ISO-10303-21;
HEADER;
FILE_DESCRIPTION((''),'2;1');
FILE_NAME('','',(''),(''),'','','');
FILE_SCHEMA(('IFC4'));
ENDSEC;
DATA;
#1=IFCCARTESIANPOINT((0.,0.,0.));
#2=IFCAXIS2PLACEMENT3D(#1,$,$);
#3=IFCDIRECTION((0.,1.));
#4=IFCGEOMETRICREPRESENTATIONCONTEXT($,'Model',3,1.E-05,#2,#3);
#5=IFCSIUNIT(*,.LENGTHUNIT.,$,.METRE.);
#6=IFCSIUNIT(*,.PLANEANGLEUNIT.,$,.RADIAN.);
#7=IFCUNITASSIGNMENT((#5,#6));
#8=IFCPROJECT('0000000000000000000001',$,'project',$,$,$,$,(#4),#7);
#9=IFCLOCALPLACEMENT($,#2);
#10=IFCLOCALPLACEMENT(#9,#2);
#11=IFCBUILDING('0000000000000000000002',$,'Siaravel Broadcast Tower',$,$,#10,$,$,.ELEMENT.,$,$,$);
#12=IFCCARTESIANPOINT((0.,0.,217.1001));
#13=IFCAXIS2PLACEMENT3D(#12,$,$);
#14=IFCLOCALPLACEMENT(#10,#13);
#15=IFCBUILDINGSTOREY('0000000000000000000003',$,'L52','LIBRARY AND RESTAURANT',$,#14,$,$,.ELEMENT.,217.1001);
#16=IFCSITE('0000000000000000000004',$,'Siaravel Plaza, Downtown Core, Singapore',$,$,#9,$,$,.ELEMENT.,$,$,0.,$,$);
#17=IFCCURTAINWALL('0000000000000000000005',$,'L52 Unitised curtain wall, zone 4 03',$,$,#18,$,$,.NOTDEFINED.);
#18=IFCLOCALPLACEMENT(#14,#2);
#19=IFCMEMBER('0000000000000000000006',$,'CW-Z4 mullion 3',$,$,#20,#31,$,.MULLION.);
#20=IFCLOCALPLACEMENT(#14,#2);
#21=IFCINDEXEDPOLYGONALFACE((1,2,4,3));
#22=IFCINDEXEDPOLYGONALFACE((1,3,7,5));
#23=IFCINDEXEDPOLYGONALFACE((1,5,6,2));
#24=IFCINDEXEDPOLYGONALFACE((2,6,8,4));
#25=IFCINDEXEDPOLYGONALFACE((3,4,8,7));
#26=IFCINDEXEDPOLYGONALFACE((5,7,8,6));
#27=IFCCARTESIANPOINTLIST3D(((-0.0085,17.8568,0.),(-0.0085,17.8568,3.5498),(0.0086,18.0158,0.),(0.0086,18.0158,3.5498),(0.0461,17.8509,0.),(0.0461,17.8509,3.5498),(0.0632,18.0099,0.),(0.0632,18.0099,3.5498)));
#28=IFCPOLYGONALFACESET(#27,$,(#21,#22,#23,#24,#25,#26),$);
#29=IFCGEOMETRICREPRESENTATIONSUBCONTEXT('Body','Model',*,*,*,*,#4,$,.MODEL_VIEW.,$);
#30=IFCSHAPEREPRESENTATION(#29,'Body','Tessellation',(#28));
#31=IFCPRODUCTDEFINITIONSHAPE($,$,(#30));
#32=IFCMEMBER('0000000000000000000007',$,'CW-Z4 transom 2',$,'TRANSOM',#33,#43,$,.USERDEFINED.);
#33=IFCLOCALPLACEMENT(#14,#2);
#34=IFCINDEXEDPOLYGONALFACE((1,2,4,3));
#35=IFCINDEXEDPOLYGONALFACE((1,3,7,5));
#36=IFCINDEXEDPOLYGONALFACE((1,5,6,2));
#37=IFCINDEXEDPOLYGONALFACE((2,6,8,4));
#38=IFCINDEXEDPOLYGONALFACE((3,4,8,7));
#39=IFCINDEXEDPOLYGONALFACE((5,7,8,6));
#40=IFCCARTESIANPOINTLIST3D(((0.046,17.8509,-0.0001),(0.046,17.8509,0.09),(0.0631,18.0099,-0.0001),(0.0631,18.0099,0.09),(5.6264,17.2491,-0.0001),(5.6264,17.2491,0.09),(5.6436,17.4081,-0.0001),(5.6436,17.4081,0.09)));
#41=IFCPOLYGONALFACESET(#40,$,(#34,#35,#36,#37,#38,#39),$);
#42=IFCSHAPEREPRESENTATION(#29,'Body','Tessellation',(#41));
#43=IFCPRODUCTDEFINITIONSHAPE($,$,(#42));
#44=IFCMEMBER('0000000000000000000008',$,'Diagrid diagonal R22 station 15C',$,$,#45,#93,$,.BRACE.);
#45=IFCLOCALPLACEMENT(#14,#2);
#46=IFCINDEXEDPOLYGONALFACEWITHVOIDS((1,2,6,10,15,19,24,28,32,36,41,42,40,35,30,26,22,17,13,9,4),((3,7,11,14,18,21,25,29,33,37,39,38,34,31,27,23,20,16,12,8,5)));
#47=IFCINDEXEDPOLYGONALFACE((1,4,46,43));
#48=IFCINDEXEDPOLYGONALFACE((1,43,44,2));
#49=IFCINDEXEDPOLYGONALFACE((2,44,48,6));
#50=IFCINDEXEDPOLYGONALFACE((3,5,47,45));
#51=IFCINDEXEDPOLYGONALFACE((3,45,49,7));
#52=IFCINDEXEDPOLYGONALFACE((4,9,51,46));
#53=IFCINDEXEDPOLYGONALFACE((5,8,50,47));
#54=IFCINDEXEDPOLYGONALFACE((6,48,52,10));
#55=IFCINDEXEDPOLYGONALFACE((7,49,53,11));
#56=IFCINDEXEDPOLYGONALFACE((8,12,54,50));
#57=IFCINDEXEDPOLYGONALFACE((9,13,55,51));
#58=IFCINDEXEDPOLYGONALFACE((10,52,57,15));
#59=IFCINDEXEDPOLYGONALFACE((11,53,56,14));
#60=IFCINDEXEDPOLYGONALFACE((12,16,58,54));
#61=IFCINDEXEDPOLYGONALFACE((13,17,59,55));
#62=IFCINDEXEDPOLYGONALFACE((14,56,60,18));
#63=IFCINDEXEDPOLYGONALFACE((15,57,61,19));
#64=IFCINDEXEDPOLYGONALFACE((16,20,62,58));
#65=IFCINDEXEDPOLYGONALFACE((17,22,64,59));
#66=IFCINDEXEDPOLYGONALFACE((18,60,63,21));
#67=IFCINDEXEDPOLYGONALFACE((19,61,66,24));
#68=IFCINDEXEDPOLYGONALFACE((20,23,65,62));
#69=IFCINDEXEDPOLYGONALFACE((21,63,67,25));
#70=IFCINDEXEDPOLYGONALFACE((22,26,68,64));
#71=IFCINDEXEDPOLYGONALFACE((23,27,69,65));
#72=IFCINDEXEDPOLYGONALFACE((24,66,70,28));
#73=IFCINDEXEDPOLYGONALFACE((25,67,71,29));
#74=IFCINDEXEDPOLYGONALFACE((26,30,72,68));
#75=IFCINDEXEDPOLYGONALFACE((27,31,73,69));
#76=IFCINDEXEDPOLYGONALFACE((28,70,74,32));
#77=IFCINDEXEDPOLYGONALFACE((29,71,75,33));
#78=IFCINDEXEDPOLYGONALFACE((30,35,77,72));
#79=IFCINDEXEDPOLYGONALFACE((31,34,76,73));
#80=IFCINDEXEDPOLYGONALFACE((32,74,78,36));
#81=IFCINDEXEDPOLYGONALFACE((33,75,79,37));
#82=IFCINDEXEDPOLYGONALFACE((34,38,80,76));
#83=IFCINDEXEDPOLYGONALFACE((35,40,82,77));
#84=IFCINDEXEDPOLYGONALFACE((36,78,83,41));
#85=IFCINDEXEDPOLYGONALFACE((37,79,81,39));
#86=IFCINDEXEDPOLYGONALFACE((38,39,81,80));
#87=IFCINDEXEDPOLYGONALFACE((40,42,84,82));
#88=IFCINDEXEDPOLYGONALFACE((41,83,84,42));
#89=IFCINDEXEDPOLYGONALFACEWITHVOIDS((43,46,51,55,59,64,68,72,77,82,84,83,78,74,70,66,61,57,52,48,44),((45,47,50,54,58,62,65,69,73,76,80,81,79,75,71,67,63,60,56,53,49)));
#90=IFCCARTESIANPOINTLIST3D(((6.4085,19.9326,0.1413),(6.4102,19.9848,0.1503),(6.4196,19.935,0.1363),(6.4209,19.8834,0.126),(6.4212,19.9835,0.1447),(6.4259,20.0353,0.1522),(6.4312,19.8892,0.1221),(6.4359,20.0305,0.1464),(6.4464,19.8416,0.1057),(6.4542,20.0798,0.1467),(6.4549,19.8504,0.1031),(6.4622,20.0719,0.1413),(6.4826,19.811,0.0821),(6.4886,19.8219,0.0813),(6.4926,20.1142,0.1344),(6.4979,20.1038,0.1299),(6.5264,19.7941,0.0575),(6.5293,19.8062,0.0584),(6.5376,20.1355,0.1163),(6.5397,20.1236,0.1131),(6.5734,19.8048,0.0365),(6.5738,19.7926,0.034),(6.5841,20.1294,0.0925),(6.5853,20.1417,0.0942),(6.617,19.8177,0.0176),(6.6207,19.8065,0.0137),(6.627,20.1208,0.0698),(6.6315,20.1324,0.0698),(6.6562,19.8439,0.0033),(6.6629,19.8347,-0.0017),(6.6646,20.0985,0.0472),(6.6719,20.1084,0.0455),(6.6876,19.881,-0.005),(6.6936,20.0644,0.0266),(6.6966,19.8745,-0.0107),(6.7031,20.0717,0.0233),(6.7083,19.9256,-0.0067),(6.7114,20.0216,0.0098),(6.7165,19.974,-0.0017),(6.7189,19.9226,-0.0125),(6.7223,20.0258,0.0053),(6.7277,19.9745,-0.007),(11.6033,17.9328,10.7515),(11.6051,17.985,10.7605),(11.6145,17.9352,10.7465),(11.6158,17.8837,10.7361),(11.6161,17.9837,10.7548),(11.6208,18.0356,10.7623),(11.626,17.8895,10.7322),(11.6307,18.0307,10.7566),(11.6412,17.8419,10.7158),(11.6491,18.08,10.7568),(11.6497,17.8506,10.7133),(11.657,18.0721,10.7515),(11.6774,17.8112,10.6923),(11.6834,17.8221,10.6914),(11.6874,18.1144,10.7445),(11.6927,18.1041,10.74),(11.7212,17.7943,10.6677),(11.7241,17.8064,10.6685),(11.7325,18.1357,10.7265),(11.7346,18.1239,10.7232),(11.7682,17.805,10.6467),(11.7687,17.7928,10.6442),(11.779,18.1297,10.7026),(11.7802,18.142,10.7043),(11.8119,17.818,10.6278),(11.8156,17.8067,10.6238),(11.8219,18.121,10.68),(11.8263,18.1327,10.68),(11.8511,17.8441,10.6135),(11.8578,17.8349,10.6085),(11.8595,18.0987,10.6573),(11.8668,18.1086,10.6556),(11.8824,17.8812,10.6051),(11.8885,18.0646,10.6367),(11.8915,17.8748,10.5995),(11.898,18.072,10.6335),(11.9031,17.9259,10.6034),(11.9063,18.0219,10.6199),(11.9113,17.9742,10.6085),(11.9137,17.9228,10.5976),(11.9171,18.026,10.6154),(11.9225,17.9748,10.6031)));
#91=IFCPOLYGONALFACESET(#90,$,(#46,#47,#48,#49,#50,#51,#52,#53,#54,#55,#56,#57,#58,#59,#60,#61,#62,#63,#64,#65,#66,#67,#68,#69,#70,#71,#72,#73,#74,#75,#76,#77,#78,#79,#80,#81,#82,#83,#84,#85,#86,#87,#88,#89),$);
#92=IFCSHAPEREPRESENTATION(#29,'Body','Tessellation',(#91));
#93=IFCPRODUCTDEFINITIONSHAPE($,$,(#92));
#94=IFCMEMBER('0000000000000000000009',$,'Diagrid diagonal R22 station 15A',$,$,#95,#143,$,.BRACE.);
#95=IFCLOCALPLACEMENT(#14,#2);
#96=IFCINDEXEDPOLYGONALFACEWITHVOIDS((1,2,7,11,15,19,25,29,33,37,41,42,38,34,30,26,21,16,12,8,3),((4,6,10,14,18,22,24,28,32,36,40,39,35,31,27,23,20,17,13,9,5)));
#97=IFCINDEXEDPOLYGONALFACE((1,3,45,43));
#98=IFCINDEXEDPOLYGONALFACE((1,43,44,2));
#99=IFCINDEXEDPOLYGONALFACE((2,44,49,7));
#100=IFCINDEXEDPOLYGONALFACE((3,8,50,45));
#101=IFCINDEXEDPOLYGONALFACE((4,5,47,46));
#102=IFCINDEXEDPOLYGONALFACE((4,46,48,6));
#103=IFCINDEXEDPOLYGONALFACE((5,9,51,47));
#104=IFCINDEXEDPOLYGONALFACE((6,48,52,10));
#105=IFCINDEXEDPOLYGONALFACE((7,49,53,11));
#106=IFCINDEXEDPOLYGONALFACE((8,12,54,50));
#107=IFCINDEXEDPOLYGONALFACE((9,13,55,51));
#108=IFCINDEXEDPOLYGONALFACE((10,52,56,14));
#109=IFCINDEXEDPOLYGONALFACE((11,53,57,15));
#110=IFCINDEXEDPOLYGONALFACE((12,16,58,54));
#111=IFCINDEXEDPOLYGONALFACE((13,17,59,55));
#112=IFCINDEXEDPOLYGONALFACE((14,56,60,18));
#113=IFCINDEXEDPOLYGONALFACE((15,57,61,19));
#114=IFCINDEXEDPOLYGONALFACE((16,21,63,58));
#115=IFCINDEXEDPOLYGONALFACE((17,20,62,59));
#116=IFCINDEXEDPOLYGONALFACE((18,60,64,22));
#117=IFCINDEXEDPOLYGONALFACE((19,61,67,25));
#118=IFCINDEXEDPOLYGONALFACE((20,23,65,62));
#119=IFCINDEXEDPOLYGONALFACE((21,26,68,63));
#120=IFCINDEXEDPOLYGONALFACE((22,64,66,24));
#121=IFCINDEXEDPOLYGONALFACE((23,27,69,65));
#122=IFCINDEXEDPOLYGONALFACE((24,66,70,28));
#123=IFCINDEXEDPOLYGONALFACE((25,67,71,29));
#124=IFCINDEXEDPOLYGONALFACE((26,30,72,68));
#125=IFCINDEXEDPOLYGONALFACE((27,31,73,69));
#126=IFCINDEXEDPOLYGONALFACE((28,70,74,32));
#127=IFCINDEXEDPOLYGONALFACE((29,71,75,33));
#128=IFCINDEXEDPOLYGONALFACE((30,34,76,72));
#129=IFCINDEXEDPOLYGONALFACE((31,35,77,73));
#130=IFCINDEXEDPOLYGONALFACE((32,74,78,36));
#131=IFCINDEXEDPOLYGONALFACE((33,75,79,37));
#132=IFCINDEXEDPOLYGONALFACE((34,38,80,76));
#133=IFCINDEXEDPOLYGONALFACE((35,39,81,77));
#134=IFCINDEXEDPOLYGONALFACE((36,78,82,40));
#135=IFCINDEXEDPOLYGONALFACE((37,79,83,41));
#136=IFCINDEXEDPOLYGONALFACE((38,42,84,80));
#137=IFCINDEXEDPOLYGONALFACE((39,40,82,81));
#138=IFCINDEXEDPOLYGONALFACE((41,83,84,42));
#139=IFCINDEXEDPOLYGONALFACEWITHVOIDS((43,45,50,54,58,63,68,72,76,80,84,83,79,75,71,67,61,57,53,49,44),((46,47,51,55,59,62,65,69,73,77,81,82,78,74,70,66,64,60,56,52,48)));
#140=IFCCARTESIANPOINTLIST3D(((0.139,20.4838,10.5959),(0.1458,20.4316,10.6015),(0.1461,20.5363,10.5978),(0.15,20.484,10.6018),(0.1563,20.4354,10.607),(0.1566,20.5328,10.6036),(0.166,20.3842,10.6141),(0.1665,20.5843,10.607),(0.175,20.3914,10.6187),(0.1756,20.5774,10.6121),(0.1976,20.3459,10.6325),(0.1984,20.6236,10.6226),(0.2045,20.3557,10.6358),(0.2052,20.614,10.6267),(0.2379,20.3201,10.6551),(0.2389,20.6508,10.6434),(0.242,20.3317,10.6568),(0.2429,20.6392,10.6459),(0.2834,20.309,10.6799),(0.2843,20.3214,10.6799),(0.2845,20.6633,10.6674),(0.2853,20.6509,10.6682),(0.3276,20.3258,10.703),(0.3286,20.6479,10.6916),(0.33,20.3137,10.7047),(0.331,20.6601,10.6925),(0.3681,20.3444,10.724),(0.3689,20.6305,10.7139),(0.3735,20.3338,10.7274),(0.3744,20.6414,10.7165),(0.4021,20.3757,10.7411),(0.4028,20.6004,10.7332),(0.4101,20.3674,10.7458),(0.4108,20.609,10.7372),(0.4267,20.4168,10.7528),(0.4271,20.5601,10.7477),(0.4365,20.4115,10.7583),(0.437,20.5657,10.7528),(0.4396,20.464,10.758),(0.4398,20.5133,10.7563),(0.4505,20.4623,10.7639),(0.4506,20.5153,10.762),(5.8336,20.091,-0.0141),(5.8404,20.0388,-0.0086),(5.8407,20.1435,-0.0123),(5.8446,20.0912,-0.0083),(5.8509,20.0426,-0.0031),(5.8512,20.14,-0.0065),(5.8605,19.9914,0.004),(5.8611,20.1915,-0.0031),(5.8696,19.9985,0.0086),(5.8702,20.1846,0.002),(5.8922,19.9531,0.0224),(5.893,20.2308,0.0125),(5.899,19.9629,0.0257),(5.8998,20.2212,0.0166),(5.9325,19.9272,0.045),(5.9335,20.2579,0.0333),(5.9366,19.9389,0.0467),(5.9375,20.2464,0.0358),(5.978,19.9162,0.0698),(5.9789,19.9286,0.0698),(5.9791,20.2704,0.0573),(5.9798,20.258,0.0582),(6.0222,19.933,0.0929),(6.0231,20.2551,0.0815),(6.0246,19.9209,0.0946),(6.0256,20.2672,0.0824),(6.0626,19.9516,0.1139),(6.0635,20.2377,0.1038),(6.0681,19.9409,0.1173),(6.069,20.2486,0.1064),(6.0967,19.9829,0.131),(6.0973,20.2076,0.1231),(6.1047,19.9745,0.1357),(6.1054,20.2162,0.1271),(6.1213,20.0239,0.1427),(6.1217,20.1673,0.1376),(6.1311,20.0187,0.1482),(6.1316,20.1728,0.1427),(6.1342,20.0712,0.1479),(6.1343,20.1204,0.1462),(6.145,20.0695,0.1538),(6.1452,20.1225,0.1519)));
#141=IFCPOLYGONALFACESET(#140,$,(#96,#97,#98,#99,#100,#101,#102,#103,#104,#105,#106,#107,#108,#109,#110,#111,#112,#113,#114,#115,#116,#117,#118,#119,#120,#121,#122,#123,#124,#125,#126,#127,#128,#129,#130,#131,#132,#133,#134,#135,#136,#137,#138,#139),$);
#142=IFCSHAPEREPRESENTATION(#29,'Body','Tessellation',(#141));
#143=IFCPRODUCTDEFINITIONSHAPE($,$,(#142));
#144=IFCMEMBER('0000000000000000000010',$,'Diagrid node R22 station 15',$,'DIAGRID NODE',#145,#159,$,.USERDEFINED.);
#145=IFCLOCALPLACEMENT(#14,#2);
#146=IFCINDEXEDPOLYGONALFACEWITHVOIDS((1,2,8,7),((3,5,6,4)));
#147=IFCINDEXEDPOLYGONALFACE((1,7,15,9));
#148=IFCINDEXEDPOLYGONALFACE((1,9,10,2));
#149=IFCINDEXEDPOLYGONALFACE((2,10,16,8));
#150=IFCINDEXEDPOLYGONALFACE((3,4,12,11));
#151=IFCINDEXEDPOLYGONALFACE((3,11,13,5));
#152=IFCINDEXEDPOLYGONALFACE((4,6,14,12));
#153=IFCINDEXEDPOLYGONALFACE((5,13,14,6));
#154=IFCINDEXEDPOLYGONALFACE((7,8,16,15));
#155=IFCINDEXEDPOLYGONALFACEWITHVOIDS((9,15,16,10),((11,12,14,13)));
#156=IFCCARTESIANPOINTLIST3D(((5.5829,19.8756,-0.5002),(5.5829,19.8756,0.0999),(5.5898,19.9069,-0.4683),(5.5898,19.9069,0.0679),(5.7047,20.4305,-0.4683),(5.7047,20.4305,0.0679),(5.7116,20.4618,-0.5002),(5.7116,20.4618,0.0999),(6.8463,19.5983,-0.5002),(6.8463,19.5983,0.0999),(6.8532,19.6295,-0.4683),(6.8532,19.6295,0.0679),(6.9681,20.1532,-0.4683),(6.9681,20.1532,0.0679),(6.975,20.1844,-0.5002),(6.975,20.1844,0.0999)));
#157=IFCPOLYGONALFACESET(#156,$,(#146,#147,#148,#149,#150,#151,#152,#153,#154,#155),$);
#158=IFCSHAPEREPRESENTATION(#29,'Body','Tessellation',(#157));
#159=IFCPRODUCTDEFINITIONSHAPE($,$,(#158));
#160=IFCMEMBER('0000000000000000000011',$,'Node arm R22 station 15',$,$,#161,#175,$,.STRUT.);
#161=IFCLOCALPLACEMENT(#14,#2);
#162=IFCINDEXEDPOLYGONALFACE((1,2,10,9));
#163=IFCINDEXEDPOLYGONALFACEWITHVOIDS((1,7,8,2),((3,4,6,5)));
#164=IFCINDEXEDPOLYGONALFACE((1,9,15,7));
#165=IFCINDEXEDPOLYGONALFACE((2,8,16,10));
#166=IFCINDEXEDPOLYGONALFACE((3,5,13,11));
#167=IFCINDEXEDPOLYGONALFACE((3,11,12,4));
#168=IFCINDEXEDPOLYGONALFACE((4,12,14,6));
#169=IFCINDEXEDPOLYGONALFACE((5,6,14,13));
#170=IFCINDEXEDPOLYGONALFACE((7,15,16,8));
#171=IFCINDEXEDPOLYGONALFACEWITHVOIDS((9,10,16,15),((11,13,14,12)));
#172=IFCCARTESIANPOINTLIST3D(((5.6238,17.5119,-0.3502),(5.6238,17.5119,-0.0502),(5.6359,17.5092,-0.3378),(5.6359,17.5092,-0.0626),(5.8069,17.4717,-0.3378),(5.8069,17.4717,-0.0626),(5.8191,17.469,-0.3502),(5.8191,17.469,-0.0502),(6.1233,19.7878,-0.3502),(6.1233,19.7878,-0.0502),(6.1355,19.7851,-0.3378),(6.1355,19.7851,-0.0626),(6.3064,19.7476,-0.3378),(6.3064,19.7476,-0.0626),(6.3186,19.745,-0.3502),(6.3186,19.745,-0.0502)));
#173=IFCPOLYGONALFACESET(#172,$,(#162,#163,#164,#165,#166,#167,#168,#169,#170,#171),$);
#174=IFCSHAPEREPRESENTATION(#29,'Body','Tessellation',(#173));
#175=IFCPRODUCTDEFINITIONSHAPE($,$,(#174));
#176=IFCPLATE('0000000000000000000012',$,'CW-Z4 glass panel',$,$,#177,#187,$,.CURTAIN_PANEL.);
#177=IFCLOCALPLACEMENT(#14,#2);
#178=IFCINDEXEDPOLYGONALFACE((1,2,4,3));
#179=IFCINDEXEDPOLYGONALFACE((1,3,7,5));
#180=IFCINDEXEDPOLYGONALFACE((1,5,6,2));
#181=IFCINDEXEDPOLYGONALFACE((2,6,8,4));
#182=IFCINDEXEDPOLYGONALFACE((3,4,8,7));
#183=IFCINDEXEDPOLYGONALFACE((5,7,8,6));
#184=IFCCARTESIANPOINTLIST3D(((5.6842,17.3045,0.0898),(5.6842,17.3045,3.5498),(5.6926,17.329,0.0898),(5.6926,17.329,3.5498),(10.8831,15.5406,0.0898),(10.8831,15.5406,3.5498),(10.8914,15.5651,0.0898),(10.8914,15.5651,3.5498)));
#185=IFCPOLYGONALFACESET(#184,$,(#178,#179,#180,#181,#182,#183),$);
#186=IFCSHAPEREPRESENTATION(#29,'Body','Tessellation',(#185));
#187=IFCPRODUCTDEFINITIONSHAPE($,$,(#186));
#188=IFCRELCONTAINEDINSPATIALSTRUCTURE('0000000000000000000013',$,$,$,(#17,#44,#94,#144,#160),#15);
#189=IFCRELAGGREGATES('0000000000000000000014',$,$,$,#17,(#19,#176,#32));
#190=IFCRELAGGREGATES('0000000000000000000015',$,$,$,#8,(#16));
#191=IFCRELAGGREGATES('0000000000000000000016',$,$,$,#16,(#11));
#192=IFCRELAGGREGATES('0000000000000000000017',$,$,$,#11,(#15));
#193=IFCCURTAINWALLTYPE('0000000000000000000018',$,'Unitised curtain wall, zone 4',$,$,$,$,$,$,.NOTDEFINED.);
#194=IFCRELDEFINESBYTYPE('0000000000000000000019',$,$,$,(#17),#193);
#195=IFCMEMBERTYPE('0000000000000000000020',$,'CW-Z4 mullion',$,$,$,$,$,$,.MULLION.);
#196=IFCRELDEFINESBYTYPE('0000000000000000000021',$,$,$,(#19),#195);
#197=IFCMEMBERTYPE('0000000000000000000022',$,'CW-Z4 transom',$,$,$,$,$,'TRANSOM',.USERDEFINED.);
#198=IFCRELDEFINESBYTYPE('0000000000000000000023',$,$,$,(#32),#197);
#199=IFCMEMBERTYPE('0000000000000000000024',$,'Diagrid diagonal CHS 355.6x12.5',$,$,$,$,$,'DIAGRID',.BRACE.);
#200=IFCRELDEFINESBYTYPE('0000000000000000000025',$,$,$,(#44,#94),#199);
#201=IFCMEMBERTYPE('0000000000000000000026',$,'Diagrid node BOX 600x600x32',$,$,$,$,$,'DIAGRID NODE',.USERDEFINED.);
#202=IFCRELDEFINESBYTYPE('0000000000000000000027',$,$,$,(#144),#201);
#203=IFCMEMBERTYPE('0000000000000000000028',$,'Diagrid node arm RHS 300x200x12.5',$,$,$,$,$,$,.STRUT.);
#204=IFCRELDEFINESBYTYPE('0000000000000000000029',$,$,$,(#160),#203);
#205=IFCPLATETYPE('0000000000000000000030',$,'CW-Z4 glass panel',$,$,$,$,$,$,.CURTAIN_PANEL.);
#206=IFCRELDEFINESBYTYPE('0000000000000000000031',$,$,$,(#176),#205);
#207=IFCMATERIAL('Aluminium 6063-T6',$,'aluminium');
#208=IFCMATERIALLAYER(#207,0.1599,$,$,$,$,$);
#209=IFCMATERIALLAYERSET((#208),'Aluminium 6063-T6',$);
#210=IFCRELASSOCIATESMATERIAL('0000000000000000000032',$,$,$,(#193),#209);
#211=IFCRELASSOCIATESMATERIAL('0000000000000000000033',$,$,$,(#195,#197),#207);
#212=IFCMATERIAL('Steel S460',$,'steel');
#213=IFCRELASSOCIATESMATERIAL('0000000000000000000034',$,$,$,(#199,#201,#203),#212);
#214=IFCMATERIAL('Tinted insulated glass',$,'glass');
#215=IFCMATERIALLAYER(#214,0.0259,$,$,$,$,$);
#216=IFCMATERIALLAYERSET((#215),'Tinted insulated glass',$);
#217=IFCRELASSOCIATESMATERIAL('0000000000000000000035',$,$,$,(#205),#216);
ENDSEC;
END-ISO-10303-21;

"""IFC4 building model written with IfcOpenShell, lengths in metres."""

from ifc_helpers import new_model, si_unit, direction, frame, origin, origin_2d, place, context, subcontext, project, spatial, rectangle, hollow_rectangle, hollow_circle, extrude, material, layer, layer_set, material_profile, profile_set, type_object, element, aggregate, save


model = new_model("IFC4")

# Units and contexts
model_context = context("Model", 3, precision=1e-05, world=origin(), true_north=direction((0.0, 1.0)))
body_context = subcontext(model_context, "Body", "Model", "MODEL_VIEW")
ifc_project = project(units=[si_unit("LENGTHUNIT", "METRE"), si_unit("PLANEANGLEUNIT", "RADIAN")], contexts=[model_context])

# Site, building, storey
site_placement = place(None, origin())
site = spatial("IfcSite", under=ifc_project, at=site_placement, Name="Siaravel Plaza, Downtown Core, Singapore", CompositionType="ELEMENT", RefElevation=0.0)
building_placement = place(site_placement, origin())
building = spatial("IfcBuilding", under=site, at=building_placement, Name="Siaravel Broadcast Tower", CompositionType="ELEMENT")
storey_placement = place(building_placement, frame((0.0, 0.0, 217.1001)))
storey = spatial("IfcBuildingStorey", under=building, at=storey_placement, Name="L52", Description="LIBRARY AND RESTAURANT", CompositionType="ELEMENT", Elevation=217.1001)

# Curtain wall, members
ifc_material_1 = material(Name="Aluminium 6063-T6", Category="aluminium")
ifc_layer_1 = layer(ifc_material_1, 0.1599)
ifc_layer_set_1 = layer_set([ifc_layer_1], Name="Aluminium 6063-T6")
curtain_wall_type = type_object("IfcCurtainWallType", Name="Unitised curtain wall, zone 4", PredefinedType="NOTDEFINED", material=ifc_layer_set_1)
curtain_wall_placement = place(storey_placement, origin())
curtain_wall = element("IfcCurtainWall", 1, at=curtain_wall_placement, inside=storey, type_object=curtain_wall_type, Name="L52 Unitised curtain wall, zone 4 03", PredefinedType="NOTDEFINED")
ifc_material_profile_1 = material_profile(ifc_material_1, rectangle(XDim=0.1599, YDim=0.0549, at=origin_2d()))
ifc_profile_set_1 = profile_set([ifc_material_profile_1], Name="Aluminium 6063-T6")
member_type_1 = type_object("IfcMemberType", Name="CW-Z4 mullion", PredefinedType="MULLION", material=ifc_profile_set_1)
member_1_placement = place(storey_placement, frame((0.0273, 17.9333, 0.0), z_axis=(0.0, 0.0, 1.0), x_axis=(-0.107218, -0.994236, 0.0)))
member_1 = element("IfcMember", 2, at=member_1_placement, type_object=member_type_1, Name="CW-Z4 mullion 3", PredefinedType="MULLION", context=body_context, shape_type="SweptSolid", body=[
    extrude(rectangle(XDim=0.1599, YDim=0.0549, at=origin_2d()), origin(), (0.0, 0.0, 1.0), 3.5498),
])
ifc_material_profile_2 = material_profile(ifc_material_1, rectangle(XDim=0.1599, YDim=0.0901, at=origin_2d()))
ifc_profile_set_2 = profile_set([ifc_material_profile_2], Name="Aluminium 6063-T6")
member_type_2 = type_object("IfcMemberType", Name="CW-Z4 transom", ElementType="TRANSOM", PredefinedType="USERDEFINED", material=ifc_profile_set_2)
member_2_placement = place(storey_placement, frame((5.635, 17.3286, 0.0449), z_axis=(-0.994235, 0.107223, 0.0), x_axis=(-0.107223, -0.994235, 0.0)))
member_2 = element("IfcMember", 3, at=member_2_placement, type_object=member_type_2, Name="CW-Z4 transom 2", ObjectType="TRANSOM", PredefinedType="USERDEFINED", context=body_context, shape_type="SweptSolid", body=[
    extrude(rectangle(XDim=0.1599, YDim=0.0901, at=origin_2d()), origin(), (0.0, 0.0, 1.0), 5.6128),
])

# Members
ifc_material_2 = material(Name="Steel S460", Category="steel")
ifc_material_profile_3 = material_profile(ifc_material_2, hollow_circle(Radius=0.1777, WallThickness=0.0125, at=origin_2d()))
ifc_profile_set_3 = profile_set([ifc_material_profile_3], Name="Steel S460")
member_type_3 = type_object("IfcMemberType", Name="Diagrid diagonal CHS 355.6x12.5", ElementType="DIAGRID", PredefinedType="BRACE", material=ifc_profile_set_3)
member_3_placement = place(storey_placement, frame((6.5676, 19.9666, 0.0698), z_axis=(0.433566, -0.166902, 0.885531), x_axis=(0.359252, 0.93324, 0.0)))
element("IfcMember", 4, at=member_3_placement, inside=storey, type_object=member_type_3, Name="Diagrid diagonal R22 station 15C", PredefinedType="BRACE", context=body_context, shape_type="SweptSolid", body=[
    extrude(hollow_circle(Radius=0.1777, WallThickness=0.0125, at=origin_2d()), origin(), (0.0, 0.0, 1.0), 11.9817),
])
member_4_placement = place(storey_placement, frame((5.9902, 20.0935, 0.0698), z_axis=(-0.472653, 0.032604, 0.880645), x_axis=(-0.068818, -0.997629, 0.0)))
element("IfcMember", 5, at=member_4_placement, inside=storey, type_object=member_type_3, Name="Diagrid diagonal R22 station 15A", PredefinedType="BRACE", context=body_context, shape_type="SweptSolid", body=[
    extrude(hollow_circle(Radius=0.1777, WallThickness=0.0125, at=origin_2d()), origin(), (0.0, 0.0, 1.0), 12.0481),
])
ifc_material_profile_4 = material_profile(ifc_material_2, hollow_rectangle(XDim=0.6001, YDim=0.6001, WallThickness=0.032, at=origin_2d()))
ifc_profile_set_4 = profile_set([ifc_material_profile_4], Name="Steel S460")
member_type_4 = type_object("IfcMemberType", Name="Diagrid node BOX 600x600x32", ElementType="DIAGRID NODE", PredefinedType="USERDEFINED", material=ifc_profile_set_4)
member_5_placement = place(storey_placement, frame((6.9106, 19.8914, -0.2002), z_axis=(-0.976743, 0.214412, 0.0), x_axis=(-0.214412, -0.976743, 0.0)))
element("IfcMember", 6, at=member_5_placement, inside=storey, type_object=member_type_4, Name="Diagrid node R22 station 15", ObjectType="DIAGRID NODE", PredefinedType="USERDEFINED", context=body_context, shape_type="SweptSolid", body=[
    extrude(hollow_rectangle(XDim=0.6001, YDim=0.6001, WallThickness=0.032, at=origin_2d()), origin(), (0.0, 0.0, 1.0), 1.2935),
])
ifc_material_profile_5 = material_profile(ifc_material_2, hollow_rectangle(XDim=0.2, YDim=0.3, WallThickness=0.0125, at=origin_2d()))
ifc_profile_set_5 = profile_set([ifc_material_profile_5], Name="Steel S460")
member_type_5 = type_object("IfcMemberType", Name="Diagrid node arm RHS 300x200x12.5", PredefinedType="STRUT", material=ifc_profile_set_5)
member_6_placement = place(storey_placement, frame((5.7214, 17.4905, -0.2002), z_axis=(0.214378, 0.976751, 0.0), x_axis=(-0.976751, 0.214378, 0.0)))
element("IfcMember", 7, at=member_6_placement, inside=storey, type_object=member_type_5, Name="Node arm R22 station 15", PredefinedType="STRUT", context=body_context, shape_type="SweptSolid", body=[
    extrude(hollow_rectangle(XDim=0.2, YDim=0.3, WallThickness=0.0125, at=origin_2d()), origin(), (0.0, 0.0, 1.0), 2.3301),
])

# Plate
ifc_material_3 = material(Name="Tinted insulated glass", Category="glass")
ifc_layer_2 = layer(ifc_material_3, 0.0259)
ifc_layer_set_2 = layer_set([ifc_layer_2], Name="Tinted insulated glass")
plate_type = type_object("IfcPlateType", Name="CW-Z4 glass panel", PredefinedType="CURTAIN_PANEL", material=ifc_layer_set_2)
plate_1_placement = place(storey_placement, frame((8.2878, 16.4348, 0.0898), z_axis=(0.0, 0.0, 1.0), x_axis=(-0.946977, 0.321301, 0.0)))
plate_1 = element("IfcPlate", 8, at=plate_1_placement, type_object=plate_type, Name="CW-Z4 glass panel", PredefinedType="CURTAIN_PANEL", context=body_context, shape_type="SweptSolid", body=[
    extrude(rectangle(XDim=5.49, YDim=0.0259, at=origin_2d()), origin(), (0.0, 0.0, 1.0), 3.46),
])
aggregate(curtain_wall, [member_1, plate_1, member_2])

save(model, "model.ifc")
